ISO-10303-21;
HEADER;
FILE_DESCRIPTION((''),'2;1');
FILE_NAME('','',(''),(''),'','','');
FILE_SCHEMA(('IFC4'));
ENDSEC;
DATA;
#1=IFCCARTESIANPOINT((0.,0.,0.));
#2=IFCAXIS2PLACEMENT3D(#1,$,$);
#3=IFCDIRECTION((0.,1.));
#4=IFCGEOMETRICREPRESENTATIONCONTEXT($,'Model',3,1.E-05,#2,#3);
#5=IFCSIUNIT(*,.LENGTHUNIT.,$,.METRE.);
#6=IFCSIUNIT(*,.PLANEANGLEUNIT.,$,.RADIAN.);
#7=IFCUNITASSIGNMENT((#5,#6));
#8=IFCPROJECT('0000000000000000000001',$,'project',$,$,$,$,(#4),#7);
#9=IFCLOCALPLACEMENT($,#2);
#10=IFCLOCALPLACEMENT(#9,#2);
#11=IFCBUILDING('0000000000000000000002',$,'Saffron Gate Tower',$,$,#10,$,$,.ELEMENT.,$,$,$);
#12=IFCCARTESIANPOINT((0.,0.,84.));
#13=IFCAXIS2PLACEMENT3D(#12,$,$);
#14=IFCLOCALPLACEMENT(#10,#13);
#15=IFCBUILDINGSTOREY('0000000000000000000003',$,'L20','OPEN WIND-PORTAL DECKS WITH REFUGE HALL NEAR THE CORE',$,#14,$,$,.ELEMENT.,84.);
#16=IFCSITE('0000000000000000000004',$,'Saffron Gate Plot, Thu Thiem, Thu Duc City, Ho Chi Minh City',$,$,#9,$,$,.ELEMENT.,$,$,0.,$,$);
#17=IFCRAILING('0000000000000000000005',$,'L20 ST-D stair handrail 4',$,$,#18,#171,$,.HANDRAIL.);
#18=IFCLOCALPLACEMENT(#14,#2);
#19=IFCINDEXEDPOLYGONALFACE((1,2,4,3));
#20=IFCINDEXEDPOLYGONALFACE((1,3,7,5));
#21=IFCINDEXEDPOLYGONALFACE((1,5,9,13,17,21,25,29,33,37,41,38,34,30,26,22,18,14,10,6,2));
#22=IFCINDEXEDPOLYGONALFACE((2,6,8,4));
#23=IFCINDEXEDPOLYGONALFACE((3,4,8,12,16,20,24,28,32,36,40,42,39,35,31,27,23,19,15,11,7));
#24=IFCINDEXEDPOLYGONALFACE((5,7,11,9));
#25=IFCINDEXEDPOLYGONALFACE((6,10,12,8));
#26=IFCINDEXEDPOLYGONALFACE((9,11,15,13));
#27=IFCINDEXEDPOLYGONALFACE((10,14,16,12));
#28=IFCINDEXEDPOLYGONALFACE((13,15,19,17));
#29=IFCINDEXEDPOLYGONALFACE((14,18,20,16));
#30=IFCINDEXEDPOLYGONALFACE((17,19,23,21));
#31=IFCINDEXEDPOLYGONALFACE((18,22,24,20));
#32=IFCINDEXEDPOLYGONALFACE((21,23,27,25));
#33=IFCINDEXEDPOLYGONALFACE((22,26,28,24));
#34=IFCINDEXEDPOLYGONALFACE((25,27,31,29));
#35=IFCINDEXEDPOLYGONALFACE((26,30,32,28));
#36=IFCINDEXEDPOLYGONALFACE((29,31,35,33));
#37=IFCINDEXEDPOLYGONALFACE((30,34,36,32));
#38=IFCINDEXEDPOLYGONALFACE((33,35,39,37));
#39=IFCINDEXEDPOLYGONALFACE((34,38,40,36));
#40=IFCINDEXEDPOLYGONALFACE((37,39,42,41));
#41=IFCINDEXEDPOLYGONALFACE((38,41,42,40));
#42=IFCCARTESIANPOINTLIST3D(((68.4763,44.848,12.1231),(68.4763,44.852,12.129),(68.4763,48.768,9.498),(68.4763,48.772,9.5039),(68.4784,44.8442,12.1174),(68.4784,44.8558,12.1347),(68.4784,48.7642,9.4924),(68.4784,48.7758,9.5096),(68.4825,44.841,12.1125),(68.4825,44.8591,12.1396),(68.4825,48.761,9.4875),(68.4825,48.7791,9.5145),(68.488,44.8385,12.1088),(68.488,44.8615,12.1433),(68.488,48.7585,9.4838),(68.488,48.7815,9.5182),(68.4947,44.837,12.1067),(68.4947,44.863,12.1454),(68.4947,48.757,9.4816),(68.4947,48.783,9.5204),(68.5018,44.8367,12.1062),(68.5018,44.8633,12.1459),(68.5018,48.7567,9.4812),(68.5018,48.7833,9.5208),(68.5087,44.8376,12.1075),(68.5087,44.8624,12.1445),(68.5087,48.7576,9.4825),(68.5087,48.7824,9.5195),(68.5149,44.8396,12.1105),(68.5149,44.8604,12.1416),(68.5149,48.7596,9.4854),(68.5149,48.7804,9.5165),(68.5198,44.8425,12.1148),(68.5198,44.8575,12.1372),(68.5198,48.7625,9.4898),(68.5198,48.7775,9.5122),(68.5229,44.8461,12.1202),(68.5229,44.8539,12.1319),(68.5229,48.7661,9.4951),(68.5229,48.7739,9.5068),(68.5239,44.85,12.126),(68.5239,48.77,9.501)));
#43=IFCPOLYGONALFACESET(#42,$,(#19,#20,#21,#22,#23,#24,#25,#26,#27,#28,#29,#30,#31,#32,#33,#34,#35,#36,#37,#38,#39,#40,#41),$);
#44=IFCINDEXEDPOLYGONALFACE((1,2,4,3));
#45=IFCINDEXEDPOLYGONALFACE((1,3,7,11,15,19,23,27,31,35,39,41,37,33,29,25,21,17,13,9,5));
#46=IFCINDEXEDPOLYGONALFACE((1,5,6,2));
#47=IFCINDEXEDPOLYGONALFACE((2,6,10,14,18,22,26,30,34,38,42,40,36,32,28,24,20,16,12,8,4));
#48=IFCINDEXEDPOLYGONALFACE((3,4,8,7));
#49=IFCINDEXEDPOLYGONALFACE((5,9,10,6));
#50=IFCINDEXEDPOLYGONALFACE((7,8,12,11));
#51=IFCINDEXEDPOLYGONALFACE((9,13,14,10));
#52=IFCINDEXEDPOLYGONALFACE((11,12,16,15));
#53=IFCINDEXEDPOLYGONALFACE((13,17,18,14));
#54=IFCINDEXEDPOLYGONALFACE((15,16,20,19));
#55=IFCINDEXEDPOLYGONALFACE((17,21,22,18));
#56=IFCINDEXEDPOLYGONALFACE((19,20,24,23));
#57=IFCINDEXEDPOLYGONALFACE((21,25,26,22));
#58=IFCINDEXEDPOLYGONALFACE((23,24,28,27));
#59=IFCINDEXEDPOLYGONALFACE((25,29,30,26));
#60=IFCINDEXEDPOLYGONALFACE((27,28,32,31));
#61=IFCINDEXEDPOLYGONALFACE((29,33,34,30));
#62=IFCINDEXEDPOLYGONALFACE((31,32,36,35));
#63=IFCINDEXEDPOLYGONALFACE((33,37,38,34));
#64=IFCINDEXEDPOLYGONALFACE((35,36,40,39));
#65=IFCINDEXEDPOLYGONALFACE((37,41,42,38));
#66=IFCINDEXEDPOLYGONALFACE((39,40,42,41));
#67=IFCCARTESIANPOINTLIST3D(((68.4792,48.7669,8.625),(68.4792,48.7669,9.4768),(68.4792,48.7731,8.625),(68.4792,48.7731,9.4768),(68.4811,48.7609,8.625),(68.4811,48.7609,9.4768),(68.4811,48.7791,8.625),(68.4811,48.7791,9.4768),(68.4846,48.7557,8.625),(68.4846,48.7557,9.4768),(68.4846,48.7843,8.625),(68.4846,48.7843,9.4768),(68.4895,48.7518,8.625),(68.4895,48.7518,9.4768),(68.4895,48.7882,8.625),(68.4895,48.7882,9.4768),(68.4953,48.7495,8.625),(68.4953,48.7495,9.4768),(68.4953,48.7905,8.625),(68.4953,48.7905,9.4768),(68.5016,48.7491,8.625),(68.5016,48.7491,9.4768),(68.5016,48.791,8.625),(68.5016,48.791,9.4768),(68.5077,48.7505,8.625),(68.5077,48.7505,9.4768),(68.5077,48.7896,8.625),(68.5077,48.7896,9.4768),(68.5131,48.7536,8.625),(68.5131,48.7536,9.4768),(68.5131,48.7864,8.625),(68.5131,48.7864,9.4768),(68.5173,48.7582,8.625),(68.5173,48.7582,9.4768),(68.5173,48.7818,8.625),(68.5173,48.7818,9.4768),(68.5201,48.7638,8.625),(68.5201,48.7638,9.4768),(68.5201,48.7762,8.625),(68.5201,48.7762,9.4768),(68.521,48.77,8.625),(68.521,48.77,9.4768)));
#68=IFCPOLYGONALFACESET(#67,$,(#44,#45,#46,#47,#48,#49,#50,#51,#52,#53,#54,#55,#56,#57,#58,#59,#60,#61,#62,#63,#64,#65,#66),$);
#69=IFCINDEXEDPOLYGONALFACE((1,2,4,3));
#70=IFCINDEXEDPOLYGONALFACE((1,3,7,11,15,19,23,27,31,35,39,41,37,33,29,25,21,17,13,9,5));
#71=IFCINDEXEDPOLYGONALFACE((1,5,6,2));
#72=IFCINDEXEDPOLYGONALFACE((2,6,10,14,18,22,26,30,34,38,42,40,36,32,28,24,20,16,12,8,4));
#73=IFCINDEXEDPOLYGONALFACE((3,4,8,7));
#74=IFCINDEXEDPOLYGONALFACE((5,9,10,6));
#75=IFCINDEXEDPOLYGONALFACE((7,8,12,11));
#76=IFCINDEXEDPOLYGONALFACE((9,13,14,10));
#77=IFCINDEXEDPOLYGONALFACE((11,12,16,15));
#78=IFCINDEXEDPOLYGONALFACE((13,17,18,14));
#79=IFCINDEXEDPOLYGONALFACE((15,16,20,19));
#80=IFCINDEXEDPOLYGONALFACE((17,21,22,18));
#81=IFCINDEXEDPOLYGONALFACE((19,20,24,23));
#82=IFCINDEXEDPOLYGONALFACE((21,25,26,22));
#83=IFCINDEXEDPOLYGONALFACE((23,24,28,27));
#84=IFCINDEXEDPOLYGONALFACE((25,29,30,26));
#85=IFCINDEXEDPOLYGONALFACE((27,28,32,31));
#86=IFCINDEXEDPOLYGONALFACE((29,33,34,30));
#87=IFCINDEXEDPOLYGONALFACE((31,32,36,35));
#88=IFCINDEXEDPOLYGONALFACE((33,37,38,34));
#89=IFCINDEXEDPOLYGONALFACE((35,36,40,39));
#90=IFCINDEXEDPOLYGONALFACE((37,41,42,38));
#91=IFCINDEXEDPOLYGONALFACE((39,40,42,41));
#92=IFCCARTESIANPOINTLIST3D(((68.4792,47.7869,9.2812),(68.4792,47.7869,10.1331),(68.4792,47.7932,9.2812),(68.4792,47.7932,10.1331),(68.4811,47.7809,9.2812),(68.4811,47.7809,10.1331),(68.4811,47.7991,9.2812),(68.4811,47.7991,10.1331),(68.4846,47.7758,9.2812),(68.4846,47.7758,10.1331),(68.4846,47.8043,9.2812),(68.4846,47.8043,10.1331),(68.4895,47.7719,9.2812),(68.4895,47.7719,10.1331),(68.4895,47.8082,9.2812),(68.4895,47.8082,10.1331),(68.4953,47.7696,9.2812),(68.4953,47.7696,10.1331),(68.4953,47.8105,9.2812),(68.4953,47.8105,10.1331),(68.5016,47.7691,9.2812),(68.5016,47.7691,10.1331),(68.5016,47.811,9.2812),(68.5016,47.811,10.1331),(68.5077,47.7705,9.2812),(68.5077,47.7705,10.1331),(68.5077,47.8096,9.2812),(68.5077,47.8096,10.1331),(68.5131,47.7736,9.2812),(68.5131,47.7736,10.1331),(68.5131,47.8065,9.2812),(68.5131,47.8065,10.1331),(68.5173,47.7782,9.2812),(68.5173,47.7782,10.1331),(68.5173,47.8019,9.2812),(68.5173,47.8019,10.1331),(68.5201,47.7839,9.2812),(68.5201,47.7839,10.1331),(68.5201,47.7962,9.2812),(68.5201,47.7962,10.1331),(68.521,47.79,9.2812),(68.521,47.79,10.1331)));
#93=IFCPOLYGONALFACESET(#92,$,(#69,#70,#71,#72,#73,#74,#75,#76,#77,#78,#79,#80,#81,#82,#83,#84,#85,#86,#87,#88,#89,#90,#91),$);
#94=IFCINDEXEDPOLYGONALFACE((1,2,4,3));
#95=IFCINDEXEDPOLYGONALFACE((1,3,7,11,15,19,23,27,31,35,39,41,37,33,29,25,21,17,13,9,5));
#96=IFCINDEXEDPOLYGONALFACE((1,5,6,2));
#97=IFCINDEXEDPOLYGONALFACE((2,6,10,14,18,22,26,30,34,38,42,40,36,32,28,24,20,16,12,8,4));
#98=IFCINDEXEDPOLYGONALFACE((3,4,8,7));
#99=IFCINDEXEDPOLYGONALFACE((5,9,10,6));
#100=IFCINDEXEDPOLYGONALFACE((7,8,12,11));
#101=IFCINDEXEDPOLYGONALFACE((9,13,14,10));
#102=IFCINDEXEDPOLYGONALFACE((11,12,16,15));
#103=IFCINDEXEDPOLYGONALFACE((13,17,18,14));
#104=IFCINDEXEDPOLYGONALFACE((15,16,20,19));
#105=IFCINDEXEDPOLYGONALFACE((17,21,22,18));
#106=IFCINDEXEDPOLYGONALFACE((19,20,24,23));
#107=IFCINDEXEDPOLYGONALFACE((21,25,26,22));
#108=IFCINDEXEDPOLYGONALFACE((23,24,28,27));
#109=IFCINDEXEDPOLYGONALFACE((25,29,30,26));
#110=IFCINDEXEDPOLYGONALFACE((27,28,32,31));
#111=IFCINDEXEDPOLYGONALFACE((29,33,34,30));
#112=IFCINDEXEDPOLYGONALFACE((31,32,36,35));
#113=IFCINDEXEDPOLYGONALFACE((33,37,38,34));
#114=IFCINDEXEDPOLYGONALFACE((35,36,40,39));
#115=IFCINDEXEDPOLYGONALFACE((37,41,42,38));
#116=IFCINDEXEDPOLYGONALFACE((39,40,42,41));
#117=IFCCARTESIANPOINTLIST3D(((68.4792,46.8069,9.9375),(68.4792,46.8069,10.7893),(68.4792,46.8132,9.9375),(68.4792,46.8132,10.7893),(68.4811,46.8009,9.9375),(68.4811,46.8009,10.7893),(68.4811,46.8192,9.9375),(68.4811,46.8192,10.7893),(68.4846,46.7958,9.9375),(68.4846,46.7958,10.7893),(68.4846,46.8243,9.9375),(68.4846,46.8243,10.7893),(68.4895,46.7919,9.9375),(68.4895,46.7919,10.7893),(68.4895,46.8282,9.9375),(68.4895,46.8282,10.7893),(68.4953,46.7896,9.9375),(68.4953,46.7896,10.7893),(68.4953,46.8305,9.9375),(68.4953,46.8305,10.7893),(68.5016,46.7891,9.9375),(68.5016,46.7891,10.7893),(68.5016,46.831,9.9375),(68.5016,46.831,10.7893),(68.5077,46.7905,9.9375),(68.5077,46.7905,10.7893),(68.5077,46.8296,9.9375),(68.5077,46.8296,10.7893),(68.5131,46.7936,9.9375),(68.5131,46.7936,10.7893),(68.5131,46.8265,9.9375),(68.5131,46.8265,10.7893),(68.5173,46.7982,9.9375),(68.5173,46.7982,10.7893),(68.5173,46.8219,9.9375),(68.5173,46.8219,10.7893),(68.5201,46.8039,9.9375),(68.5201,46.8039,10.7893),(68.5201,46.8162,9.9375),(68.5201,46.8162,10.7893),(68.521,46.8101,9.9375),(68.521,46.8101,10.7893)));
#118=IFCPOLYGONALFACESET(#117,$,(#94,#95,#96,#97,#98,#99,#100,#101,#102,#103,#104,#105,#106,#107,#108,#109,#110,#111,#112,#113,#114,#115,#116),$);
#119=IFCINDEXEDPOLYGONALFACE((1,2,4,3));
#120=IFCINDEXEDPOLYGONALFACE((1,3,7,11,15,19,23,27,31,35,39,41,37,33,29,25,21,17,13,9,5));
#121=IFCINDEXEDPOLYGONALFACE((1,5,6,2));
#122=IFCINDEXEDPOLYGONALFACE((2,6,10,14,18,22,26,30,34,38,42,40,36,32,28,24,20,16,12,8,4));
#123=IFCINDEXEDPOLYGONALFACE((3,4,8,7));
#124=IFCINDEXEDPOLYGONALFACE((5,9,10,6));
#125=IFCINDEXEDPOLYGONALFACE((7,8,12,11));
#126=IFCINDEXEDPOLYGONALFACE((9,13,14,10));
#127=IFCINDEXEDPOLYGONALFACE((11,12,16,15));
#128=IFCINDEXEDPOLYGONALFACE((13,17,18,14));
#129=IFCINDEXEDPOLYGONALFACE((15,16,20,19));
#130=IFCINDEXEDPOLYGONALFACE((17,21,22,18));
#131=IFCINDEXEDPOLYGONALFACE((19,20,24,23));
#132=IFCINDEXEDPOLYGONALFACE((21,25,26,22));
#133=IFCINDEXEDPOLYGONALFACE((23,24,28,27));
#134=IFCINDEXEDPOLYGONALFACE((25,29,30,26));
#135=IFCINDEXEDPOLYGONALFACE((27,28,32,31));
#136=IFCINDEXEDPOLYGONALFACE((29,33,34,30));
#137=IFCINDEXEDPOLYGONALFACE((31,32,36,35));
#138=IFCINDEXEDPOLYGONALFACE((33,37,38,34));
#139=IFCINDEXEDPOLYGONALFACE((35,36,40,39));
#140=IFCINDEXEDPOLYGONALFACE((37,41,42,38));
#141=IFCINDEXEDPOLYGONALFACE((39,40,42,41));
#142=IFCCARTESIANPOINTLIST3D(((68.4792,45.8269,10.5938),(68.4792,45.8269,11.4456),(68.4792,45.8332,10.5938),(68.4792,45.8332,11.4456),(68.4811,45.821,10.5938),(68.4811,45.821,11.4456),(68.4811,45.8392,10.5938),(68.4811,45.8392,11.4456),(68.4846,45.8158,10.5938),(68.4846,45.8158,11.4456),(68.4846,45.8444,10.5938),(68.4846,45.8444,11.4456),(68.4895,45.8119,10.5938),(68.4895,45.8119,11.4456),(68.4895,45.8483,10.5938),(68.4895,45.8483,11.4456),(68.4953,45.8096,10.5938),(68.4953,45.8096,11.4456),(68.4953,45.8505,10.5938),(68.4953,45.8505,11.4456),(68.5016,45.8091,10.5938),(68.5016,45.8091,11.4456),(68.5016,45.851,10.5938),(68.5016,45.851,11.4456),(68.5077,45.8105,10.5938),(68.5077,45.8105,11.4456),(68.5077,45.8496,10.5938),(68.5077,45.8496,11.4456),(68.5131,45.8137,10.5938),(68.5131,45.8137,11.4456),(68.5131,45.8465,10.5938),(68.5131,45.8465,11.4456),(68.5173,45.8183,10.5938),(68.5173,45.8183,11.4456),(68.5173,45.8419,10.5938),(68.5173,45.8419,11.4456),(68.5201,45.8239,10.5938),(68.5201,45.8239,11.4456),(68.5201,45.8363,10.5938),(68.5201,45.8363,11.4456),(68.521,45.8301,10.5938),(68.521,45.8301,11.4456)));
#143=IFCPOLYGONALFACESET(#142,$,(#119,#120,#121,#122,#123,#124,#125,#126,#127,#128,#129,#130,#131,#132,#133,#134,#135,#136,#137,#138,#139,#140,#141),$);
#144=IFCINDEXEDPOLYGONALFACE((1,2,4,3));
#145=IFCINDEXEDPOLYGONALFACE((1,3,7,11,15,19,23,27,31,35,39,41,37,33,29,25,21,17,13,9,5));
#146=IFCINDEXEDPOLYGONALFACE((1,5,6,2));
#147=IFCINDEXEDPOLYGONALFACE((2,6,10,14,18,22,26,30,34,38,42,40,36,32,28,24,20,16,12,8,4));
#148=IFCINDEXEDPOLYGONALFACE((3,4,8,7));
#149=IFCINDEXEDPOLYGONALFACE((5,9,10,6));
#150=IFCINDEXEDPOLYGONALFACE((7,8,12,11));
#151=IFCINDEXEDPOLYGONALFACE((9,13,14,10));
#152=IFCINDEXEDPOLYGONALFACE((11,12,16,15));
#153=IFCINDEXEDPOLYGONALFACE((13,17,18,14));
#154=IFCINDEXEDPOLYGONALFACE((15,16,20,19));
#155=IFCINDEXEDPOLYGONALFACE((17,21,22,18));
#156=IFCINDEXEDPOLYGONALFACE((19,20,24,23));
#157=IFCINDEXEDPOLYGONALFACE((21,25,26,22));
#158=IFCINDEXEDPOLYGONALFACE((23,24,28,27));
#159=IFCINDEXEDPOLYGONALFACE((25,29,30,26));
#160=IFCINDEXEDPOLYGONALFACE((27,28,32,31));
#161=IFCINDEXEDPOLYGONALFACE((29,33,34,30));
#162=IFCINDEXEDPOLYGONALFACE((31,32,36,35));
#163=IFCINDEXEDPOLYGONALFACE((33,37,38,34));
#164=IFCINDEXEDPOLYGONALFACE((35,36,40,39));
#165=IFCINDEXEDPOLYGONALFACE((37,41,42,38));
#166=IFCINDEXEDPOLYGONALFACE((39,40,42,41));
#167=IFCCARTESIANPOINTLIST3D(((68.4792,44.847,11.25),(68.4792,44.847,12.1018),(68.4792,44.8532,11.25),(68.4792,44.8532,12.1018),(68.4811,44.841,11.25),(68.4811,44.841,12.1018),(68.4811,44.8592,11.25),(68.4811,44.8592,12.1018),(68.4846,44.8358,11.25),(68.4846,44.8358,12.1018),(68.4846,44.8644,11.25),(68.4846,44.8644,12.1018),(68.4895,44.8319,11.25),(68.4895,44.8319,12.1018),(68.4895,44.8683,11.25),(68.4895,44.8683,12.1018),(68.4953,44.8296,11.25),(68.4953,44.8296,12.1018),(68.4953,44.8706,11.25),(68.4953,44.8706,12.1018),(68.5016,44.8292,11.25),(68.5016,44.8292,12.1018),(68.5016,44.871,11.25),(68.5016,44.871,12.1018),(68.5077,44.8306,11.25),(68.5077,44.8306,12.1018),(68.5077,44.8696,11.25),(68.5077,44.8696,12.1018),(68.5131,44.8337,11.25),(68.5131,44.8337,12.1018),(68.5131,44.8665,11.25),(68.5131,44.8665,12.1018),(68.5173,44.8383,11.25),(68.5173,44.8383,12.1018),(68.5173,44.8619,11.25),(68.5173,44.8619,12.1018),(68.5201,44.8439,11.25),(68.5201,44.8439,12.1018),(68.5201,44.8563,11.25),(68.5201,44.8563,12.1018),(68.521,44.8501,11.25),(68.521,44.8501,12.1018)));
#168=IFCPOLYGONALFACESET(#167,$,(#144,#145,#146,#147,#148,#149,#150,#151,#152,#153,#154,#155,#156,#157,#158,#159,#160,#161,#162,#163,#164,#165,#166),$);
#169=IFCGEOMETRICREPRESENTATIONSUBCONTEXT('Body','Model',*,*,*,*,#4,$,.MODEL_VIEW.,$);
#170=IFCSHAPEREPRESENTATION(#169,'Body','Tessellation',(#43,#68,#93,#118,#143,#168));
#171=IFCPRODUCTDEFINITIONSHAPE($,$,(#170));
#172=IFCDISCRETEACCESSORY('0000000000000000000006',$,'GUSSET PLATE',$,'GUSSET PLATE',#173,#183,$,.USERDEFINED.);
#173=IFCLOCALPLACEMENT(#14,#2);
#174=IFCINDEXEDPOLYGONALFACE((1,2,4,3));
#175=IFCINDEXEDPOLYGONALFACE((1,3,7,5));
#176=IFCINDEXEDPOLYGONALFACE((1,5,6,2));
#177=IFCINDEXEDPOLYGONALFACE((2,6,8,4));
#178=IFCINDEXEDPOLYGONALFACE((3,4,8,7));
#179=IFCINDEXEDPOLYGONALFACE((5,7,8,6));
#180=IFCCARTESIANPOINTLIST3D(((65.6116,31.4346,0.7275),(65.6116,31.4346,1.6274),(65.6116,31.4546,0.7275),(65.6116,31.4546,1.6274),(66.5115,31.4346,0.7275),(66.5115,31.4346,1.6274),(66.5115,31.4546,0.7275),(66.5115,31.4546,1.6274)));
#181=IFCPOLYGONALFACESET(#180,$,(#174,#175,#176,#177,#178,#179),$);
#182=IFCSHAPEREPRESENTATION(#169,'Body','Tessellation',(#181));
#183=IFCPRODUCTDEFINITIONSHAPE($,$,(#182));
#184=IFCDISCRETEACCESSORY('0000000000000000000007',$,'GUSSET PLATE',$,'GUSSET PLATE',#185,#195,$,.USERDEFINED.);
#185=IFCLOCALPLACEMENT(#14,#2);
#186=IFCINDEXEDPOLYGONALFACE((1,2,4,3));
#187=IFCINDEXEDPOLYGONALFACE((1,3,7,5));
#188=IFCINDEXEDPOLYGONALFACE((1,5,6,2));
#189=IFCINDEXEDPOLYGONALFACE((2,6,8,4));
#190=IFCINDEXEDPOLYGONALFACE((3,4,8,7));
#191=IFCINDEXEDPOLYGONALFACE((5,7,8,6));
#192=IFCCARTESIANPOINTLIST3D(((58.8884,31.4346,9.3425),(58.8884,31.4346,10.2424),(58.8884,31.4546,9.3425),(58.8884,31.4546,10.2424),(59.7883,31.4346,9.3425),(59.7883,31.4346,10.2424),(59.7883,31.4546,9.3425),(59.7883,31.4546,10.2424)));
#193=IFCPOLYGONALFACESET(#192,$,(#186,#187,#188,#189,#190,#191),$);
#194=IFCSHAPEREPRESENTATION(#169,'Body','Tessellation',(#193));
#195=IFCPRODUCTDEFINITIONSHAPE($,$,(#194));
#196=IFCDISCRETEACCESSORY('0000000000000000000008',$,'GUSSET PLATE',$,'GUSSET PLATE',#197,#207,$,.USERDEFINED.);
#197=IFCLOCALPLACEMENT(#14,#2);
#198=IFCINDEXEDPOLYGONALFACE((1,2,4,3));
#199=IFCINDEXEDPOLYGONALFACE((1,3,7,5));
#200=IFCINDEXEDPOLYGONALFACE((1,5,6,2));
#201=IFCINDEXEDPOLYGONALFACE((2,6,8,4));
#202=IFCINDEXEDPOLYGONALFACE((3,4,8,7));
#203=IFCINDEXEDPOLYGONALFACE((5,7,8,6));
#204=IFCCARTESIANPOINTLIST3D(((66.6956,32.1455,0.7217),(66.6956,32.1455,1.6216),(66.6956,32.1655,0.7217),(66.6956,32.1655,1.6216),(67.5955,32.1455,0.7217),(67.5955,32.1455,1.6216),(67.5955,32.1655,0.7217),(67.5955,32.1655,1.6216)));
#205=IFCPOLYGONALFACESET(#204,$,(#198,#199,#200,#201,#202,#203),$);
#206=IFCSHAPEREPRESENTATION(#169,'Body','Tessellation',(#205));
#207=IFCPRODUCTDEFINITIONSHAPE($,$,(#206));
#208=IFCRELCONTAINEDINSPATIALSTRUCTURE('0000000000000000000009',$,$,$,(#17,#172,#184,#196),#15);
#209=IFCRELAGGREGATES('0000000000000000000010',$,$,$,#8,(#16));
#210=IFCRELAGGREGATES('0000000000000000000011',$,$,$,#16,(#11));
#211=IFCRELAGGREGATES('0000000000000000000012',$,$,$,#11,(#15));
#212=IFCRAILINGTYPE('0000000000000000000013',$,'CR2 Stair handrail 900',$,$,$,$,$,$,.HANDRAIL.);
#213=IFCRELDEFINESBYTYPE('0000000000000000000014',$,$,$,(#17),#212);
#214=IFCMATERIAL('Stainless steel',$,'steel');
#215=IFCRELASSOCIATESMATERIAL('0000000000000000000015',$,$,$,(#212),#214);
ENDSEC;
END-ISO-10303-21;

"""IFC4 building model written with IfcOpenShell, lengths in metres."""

from ifc_helpers import new_model, si_unit, direction, frame, origin, origin_2d, place, context, subcontext, project, spatial, rectangle, circle, extrude, material, type_object, element, save


model = new_model("IFC4")

# Units and contexts
model_context = context("Model", 3, precision=1e-05, world=origin(), true_north=direction((0.0, 1.0)))
body_context = subcontext(model_context, "Body", "Model", "MODEL_VIEW")
ifc_project = project(units=[si_unit("LENGTHUNIT", "METRE"), si_unit("PLANEANGLEUNIT", "RADIAN")], contexts=[model_context])

# Site, building, storey
site_placement = place(None, origin())
site = spatial("IfcSite", under=ifc_project, at=site_placement, Name="Saffron Gate Plot, Thu Thiem, Thu Duc City, Ho Chi Minh City", CompositionType="ELEMENT", RefElevation=0.0)
building_placement = place(site_placement, origin())
building = spatial("IfcBuilding", under=site, at=building_placement, Name="Saffron Gate Tower", CompositionType="ELEMENT")
storey_placement = place(building_placement, frame((0.0, 0.0, 84.0)))
storey = spatial("IfcBuildingStorey", under=building, at=storey_placement, Name="L20", Description="OPEN WIND-PORTAL DECKS WITH REFUGE HALL NEAR THE CORE", CompositionType="ELEMENT", Elevation=84.0)

# Railing
ifc_material_1 = material(Name="Stainless steel", Category="steel")
railing_type_1 = type_object("IfcRailingType", Name="CR2 Stair handrail 900", PredefinedType="HANDRAIL", material=ifc_material_1)
railing_1_placement = place(storey_placement, frame((68.5, 48.77, 8.625)))
element("IfcRailing", 1, at=railing_1_placement, inside=storey, type_object=railing_type_1, Name="L20 ST-D stair handrail 4", PredefinedType="HANDRAIL", context=body_context, shape_type="SweptSolid", body=[
    extrude(circle(Radius=0.0239, at=origin_2d()), frame((0.0, 0.0, 0.876), z_axis=(0.0, -0.830902, 0.556419), x_axis=(1.0, 0.0, 0.0)), (0.0, 0.0, 1.0), 4.7178),
    extrude(circle(Radius=0.021, at=origin_2d()), origin(), (0.0, 0.0, 1.0), 0.8518),
    extrude(circle(Radius=0.021, at=origin_2d()), frame((0.0, -0.98, 0.6562)), (0.0, 0.0, 1.0), 0.8518),
    extrude(circle(Radius=0.021, at=origin_2d()), frame((0.0, -1.96, 1.3125)), (0.0, 0.0, 1.0), 0.8518),
    extrude(circle(Radius=0.021, at=origin_2d()), frame((0.0, -2.9399, 1.9688)), (0.0, 0.0, 1.0), 0.8518),
    extrude(circle(Radius=0.021, at=origin_2d()), frame((0.0, -3.9199, 2.625)), (0.0, 0.0, 1.0), 0.8518),
])

# Discrete accessories
for number, where, z_axis, x_axis, name in (
    (2, (66.0615, 31.4446, 0.7275), (0.0, 0.0, 1.0), (-1.0, 0.0, 0.0), "GUSSET PLATE"),
    (3, (59.3384, 31.4446, 9.3425), (0.0, 0.0, 1.0), (-1.0, 0.0, 0.0), "GUSSET PLATE"),
    (4, (67.1455, 32.1555, 0.7217), (0.0, 0.0, 1.0), (1.0, 0.0, 0.0), "GUSSET PLATE"),
):
    element("IfcDiscreteAccessory", number, at=place(storey_placement, frame(where, z_axis=z_axis, x_axis=x_axis)), inside=storey, Name=name, ObjectType="GUSSET PLATE", PredefinedType="USERDEFINED", context=body_context, shape_type="SweptSolid", body=[
        extrude(rectangle(XDim=0.8999, YDim=0.02, at=origin_2d()), origin(), (0.0, 0.0, 1.0), 0.8999),
    ])

save(model, "model.ifc")
